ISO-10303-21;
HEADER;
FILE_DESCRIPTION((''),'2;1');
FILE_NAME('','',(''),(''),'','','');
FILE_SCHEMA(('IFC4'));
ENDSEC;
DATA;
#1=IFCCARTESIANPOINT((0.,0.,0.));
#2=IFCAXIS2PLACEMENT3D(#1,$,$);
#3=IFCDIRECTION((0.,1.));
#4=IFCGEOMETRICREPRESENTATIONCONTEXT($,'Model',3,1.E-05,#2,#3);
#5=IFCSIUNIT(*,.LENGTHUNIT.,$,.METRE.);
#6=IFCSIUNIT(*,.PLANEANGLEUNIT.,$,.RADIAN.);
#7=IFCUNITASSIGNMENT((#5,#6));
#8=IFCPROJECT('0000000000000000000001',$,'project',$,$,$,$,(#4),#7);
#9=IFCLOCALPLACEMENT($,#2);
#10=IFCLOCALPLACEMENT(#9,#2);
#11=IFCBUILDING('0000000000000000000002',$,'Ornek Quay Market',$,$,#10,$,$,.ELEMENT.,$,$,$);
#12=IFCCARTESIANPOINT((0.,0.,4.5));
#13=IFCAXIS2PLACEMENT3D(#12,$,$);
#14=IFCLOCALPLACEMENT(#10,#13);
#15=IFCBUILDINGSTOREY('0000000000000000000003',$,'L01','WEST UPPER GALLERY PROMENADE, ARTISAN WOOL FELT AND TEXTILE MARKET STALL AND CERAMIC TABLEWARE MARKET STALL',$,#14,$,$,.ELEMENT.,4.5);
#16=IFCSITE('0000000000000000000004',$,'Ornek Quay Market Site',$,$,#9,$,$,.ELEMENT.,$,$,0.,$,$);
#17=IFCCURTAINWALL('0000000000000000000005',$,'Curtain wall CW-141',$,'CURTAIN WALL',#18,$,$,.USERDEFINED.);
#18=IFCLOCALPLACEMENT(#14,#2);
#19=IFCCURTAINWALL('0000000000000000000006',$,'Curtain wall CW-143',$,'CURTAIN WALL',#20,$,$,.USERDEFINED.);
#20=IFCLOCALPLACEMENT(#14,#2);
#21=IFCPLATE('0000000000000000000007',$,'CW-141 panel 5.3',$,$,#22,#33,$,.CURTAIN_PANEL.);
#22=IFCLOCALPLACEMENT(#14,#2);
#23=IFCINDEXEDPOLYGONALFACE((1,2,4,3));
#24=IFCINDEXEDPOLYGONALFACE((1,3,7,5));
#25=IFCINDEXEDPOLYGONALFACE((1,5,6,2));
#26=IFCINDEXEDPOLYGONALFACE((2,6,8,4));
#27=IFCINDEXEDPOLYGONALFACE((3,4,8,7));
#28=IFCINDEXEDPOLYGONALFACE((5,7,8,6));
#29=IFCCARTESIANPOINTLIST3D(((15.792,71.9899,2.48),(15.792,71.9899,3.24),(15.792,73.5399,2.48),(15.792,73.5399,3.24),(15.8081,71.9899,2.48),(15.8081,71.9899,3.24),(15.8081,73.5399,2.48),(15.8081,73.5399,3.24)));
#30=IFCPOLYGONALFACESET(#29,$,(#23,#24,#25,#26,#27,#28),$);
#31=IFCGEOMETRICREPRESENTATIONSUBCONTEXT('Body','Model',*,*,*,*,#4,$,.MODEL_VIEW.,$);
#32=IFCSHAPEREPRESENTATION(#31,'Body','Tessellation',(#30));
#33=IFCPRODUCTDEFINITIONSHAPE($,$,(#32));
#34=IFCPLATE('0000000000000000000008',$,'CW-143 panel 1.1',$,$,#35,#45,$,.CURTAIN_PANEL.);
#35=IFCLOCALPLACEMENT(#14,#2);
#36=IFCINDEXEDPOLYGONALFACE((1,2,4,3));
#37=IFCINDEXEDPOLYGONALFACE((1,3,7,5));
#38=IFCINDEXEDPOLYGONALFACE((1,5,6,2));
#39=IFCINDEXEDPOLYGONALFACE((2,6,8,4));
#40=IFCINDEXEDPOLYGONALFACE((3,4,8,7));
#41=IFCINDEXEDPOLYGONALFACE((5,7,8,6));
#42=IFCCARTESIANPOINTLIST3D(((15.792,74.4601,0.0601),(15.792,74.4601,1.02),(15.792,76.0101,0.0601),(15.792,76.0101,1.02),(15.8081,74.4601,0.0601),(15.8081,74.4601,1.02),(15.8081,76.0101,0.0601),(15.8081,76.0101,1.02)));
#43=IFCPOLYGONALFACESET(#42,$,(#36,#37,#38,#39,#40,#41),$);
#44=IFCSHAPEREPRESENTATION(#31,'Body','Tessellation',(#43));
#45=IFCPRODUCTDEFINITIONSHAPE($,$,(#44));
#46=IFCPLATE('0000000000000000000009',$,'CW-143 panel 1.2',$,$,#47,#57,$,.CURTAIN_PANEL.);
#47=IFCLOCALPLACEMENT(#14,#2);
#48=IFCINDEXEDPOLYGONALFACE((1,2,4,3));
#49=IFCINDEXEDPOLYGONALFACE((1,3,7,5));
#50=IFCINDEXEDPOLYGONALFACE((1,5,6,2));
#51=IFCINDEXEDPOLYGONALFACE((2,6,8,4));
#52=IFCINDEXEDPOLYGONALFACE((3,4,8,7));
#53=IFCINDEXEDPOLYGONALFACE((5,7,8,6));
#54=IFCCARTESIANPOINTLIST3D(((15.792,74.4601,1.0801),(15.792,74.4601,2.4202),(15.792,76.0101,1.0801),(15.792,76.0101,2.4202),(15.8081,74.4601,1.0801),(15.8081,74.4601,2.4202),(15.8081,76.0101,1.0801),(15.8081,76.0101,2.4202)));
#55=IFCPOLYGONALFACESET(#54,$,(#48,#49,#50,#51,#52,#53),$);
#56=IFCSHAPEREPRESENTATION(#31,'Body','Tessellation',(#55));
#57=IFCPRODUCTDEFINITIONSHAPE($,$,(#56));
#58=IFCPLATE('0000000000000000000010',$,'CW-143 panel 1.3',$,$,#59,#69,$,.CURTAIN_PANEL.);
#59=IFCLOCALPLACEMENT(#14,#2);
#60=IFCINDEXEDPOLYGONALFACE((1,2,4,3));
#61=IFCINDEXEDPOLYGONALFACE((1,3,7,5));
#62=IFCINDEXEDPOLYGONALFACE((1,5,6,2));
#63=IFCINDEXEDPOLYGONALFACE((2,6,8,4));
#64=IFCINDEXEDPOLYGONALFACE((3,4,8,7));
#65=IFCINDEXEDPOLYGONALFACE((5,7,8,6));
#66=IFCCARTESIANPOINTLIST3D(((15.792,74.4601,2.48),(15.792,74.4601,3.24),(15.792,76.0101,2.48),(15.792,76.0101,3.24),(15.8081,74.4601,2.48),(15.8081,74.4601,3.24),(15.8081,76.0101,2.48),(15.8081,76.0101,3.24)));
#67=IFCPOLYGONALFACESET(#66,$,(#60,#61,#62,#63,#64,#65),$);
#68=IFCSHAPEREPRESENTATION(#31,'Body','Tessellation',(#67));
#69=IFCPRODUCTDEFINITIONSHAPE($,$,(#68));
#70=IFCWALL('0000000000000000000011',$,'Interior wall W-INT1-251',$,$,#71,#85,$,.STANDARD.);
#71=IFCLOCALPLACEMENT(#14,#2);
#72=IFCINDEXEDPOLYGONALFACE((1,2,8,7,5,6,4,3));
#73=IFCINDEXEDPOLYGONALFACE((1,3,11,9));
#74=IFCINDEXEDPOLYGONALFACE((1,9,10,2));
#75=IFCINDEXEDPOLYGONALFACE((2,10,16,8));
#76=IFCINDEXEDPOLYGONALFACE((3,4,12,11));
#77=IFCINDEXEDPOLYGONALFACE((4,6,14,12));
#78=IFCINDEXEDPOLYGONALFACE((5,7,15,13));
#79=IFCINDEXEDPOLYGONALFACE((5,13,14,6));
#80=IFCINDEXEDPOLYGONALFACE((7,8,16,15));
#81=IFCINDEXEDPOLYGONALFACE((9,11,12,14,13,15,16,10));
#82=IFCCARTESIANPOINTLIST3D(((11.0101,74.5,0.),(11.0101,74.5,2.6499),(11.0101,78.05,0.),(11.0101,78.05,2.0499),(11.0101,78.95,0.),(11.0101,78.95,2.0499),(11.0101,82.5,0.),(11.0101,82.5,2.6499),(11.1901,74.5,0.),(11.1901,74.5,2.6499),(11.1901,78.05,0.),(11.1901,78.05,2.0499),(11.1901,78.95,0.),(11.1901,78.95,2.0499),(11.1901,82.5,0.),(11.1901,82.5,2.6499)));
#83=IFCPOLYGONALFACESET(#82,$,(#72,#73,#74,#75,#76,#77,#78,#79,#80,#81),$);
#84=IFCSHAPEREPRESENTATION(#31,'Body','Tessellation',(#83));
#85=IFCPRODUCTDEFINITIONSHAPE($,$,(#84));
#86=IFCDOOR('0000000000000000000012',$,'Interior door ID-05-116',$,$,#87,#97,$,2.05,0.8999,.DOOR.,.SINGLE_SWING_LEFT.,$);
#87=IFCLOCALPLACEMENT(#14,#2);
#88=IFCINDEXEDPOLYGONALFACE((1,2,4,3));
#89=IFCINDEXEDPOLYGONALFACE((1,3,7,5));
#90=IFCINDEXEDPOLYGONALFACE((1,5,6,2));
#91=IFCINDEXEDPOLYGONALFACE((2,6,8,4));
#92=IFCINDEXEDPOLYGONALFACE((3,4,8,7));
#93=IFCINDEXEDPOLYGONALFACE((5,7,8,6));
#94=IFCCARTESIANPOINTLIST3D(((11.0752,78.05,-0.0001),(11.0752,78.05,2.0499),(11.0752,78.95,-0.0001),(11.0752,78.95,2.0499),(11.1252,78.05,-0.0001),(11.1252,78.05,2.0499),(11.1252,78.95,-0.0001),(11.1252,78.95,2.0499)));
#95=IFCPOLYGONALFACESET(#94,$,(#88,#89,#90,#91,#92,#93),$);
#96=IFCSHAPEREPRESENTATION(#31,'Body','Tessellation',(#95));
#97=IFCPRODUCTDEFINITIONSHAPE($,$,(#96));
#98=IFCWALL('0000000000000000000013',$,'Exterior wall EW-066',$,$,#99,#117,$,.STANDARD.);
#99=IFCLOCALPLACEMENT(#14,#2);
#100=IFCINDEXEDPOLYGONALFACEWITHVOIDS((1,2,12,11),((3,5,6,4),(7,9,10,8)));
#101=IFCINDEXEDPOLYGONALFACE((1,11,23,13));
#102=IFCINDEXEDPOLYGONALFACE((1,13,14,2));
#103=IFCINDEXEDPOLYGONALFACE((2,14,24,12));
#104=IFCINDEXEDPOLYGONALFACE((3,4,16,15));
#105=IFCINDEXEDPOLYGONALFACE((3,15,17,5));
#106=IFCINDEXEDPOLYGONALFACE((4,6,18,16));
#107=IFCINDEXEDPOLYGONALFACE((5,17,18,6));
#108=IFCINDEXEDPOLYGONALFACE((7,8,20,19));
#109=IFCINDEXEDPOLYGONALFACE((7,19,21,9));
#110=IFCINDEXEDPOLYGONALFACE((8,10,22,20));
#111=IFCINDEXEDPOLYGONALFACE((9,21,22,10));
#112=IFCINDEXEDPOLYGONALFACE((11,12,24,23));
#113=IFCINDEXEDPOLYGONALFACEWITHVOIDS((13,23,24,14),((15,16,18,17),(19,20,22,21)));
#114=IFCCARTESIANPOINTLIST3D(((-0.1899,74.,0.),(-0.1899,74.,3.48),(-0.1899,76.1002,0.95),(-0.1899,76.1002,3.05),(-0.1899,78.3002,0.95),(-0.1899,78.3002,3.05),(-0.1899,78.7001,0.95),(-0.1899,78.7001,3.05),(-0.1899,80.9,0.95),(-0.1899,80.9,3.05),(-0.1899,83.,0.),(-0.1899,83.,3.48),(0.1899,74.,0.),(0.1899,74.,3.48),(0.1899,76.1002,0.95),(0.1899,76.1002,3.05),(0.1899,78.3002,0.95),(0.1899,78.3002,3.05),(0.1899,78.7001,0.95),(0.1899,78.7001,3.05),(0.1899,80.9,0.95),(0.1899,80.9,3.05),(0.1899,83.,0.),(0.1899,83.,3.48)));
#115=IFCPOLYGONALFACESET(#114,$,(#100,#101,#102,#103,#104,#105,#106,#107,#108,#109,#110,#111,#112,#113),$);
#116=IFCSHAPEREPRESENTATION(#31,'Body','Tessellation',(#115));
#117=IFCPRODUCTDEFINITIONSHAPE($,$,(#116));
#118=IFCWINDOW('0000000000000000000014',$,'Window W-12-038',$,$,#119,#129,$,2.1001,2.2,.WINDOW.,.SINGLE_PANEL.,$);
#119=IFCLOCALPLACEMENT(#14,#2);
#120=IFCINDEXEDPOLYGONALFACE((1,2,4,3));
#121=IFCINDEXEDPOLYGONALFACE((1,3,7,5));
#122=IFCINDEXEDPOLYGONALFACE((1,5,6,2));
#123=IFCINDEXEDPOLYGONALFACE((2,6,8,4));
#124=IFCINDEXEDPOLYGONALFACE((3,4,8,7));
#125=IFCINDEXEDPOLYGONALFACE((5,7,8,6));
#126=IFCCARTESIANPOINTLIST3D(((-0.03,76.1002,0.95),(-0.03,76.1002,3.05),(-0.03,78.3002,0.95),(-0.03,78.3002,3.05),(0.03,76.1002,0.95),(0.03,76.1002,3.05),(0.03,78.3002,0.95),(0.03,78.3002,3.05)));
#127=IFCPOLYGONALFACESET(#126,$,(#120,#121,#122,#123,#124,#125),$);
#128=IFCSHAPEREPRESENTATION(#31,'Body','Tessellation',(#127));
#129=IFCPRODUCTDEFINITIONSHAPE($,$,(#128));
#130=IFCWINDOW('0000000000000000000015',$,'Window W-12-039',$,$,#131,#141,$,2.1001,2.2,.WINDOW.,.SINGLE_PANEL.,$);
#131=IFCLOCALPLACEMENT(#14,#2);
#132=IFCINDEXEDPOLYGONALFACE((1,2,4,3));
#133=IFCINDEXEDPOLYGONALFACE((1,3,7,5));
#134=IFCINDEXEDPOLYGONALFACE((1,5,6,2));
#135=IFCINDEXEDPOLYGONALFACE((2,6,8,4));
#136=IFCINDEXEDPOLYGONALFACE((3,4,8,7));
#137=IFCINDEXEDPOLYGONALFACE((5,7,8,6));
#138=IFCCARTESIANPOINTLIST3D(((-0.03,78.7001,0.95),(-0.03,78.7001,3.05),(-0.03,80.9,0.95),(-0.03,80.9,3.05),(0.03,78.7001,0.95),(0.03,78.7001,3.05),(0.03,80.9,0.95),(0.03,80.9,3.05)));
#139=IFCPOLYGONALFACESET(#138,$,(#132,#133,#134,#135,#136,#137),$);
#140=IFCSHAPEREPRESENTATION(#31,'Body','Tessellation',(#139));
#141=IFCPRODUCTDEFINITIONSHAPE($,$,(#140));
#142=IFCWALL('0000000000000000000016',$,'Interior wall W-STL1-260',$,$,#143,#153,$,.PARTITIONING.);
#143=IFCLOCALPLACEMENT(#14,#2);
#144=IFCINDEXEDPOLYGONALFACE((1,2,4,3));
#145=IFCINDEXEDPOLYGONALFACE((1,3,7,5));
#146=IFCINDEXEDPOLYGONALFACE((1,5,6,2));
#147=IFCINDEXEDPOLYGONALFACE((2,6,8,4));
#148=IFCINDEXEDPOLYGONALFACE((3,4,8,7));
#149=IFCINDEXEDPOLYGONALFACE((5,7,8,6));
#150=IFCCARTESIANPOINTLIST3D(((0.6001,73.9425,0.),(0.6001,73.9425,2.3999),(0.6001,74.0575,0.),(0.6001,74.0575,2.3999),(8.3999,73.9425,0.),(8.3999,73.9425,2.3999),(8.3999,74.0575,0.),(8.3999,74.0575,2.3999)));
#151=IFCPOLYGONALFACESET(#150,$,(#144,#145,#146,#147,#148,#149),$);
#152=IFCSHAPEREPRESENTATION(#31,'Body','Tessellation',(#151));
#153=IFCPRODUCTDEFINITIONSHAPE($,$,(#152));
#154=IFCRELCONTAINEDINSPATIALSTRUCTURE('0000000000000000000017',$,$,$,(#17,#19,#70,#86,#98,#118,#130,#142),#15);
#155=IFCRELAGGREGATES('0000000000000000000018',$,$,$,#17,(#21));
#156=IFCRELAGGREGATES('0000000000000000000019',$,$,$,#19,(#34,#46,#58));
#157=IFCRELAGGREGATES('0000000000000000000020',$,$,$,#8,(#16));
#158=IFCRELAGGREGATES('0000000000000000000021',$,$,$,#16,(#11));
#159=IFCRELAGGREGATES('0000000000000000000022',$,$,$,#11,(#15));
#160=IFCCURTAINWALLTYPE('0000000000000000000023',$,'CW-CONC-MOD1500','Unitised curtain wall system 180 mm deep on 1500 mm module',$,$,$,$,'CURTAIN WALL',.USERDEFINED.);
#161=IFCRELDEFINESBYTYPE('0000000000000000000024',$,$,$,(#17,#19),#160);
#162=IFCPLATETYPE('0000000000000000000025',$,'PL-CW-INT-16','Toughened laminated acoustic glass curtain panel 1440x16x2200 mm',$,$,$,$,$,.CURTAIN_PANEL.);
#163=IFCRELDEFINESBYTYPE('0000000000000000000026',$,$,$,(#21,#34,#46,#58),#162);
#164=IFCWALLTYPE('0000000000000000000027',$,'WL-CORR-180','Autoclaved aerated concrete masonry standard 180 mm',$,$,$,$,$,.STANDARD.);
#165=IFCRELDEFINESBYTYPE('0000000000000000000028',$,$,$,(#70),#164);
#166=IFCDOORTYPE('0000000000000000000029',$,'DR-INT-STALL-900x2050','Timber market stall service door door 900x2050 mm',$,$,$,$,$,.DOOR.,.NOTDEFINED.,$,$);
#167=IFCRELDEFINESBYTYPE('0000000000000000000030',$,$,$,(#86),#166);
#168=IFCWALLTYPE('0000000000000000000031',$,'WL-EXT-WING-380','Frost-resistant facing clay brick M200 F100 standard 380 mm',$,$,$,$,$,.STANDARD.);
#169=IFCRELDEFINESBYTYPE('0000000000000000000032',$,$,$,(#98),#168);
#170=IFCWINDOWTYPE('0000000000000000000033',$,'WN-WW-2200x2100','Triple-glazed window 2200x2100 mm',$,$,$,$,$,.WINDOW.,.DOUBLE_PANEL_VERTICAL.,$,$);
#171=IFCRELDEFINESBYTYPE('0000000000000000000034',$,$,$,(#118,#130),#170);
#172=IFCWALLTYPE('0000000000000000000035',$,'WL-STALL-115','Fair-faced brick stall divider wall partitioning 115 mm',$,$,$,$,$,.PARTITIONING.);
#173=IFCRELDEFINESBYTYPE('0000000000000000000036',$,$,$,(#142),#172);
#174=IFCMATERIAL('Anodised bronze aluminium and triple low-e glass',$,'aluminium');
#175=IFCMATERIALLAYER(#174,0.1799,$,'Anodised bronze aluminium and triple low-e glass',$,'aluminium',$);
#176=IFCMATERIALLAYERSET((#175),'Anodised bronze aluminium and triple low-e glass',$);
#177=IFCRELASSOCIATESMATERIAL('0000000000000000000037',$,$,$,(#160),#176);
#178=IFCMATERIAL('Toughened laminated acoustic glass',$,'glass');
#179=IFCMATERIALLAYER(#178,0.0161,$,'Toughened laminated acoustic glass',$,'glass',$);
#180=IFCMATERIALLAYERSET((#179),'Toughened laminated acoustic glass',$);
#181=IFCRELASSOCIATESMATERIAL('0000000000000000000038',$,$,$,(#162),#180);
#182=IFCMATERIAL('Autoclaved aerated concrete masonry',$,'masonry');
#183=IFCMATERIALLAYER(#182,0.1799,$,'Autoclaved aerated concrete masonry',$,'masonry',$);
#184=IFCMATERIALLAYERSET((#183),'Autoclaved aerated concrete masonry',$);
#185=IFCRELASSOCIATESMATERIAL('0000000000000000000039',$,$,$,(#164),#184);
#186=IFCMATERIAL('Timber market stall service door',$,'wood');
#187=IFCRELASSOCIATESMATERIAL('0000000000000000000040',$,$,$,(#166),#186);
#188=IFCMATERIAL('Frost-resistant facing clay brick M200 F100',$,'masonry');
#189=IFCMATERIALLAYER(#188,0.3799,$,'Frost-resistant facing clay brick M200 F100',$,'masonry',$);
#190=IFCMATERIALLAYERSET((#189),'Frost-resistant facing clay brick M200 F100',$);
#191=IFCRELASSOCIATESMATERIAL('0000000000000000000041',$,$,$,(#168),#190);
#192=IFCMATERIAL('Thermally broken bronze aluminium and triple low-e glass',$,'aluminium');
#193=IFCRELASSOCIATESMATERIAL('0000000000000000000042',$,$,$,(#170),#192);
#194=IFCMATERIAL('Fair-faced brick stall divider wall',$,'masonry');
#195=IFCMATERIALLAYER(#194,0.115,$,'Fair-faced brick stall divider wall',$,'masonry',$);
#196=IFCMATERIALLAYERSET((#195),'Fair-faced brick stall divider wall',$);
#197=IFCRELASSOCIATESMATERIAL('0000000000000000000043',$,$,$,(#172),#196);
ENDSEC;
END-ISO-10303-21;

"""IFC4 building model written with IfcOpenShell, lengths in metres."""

from ifc_helpers import new_model, si_unit, direction, frame, frame_2d, origin, origin_2d, place, context, subcontext, project, spatial, rectangle, extrude, material, layer, layer_set, type_object, element, fill, aggregate, save


model = new_model("IFC4")

# Units and contexts
model_context = context("Model", 3, precision=1e-05, world=origin(), true_north=direction((0.0, 1.0)))
body_context = subcontext(model_context, "Body", "Model", "MODEL_VIEW")
ifc_project = project(units=[si_unit("LENGTHUNIT", "METRE"), si_unit("PLANEANGLEUNIT", "RADIAN")], contexts=[model_context])

# Site, building, storey
site_placement = place(None, origin())
site = spatial("IfcSite", under=ifc_project, at=site_placement, Name="Ornek Quay Market Site", CompositionType="ELEMENT", RefElevation=0.0)
building_placement = place(site_placement, origin())
building = spatial("IfcBuilding", under=site, at=building_placement, Name="Ornek Quay Market", CompositionType="ELEMENT")
storey_placement = place(building_placement, frame((0.0, 0.0, 4.5)))
storey = spatial("IfcBuildingStorey", under=building, at=storey_placement, Name="L01", Description="WEST UPPER GALLERY PROMENADE, ARTISAN WOOL FELT AND TEXTILE MARKET STALL AND CERAMIC TABLEWARE MARKET STALL", CompositionType="ELEMENT", Elevation=4.5)

# Curtain walls
ifc_material_1 = material(Name="Anodised bronze aluminium and triple low-e glass", Category="aluminium")
ifc_layer_1 = layer(ifc_material_1, 0.1799, Name="Anodised bronze aluminium and triple low-e glass", Category="aluminium")
ifc_layer_set_1 = layer_set([ifc_layer_1], Name="Anodised bronze aluminium and triple low-e glass")
curtain_wall_type = type_object("IfcCurtainWallType", Name="CW-CONC-MOD1500", Description="Unitised curtain wall system 180 mm deep on 1500 mm module", ElementType="CURTAIN WALL", PredefinedType="USERDEFINED", material=ifc_layer_set_1)
curtain_wall_1_placement = place(storey_placement, origin())
curtain_wall_1 = element("IfcCurtainWall", 1, at=curtain_wall_1_placement, inside=storey, type_object=curtain_wall_type, Name="Curtain wall CW-141", ObjectType="CURTAIN WALL", PredefinedType="USERDEFINED")
curtain_wall_2_placement = place(storey_placement, origin())
curtain_wall_2 = element("IfcCurtainWall", 2, at=curtain_wall_2_placement, inside=storey, type_object=curtain_wall_type, Name="Curtain wall CW-143", ObjectType="CURTAIN WALL", PredefinedType="USERDEFINED")

# Plates
ifc_material_2 = material(Name="Toughened laminated acoustic glass", Category="glass")
ifc_layer_2 = layer(ifc_material_2, 0.0161, Name="Toughened laminated acoustic glass", Category="glass")
ifc_layer_set_2 = layer_set([ifc_layer_2], Name="Toughened laminated acoustic glass")
plate_type = type_object("IfcPlateType", Name="PL-CW-INT-16", Description="Toughened laminated acoustic glass curtain panel 1440x16x2200 mm", PredefinedType="CURTAIN_PANEL", material=ifc_layer_set_2)
plate_1_placement = place(storey_placement, frame((15.8, 72.7649, 2.48), z_axis=(0.0, 0.0, 1.0), x_axis=(0.0, 1.0, 0.0)))
plate_1 = element("IfcPlate", 3, at=plate_1_placement, type_object=plate_type, Name="CW-141 panel 5.3", PredefinedType="CURTAIN_PANEL", context=body_context, shape_type="SweptSolid", body=[
    extrude(rectangle(XDim=1.55, YDim=0.0161, at=origin_2d()), origin(), (0.0, 0.0, 1.0), 0.76),
])
aggregate(curtain_wall_1, [plate_1])
plate_2_placement = place(storey_placement, frame((15.8, 75.2351, 0.0601), z_axis=(0.0, 0.0, 1.0), x_axis=(0.0, 1.0, 0.0)))
plate_2 = element("IfcPlate", 4, at=plate_2_placement, type_object=plate_type, Name="CW-143 panel 1.1", PredefinedType="CURTAIN_PANEL", context=body_context, shape_type="SweptSolid", body=[
    extrude(rectangle(XDim=1.55, YDim=0.0161, at=origin_2d()), origin(), (0.0, 0.0, 1.0), 0.96),
])
plate_3_placement = place(storey_placement, frame((15.8, 75.2351, 1.0801), z_axis=(0.0, 0.0, 1.0), x_axis=(0.0, 1.0, 0.0)))
plate_3 = element("IfcPlate", 5, at=plate_3_placement, type_object=plate_type, Name="CW-143 panel 1.2", PredefinedType="CURTAIN_PANEL", context=body_context, shape_type="SweptSolid", body=[
    extrude(rectangle(XDim=1.55, YDim=0.0161, at=origin_2d()), origin(), (0.0, 0.0, 1.0), 1.3401),
])
plate_4_placement = place(storey_placement, frame((15.8, 75.2351, 2.48), z_axis=(0.0, 0.0, 1.0), x_axis=(0.0, 1.0, 0.0)))
plate_4 = element("IfcPlate", 6, at=plate_4_placement, type_object=plate_type, Name="CW-143 panel 1.3", PredefinedType="CURTAIN_PANEL", context=body_context, shape_type="SweptSolid", body=[
    extrude(rectangle(XDim=1.55, YDim=0.0161, at=origin_2d()), origin(), (0.0, 0.0, 1.0), 0.76),
])
aggregate(curtain_wall_2, [plate_2, plate_3, plate_4])

# Wall, opening, door
ifc_material_3 = material(Name="Autoclaved aerated concrete masonry", Category="masonry")
ifc_layer_3 = layer(ifc_material_3, 0.1799, Name="Autoclaved aerated concrete masonry", Category="masonry")
ifc_layer_set_3 = layer_set([ifc_layer_3], Name="Autoclaved aerated concrete masonry")
wall_type_1 = type_object("IfcWallType", Name="WL-CORR-180", Description="Autoclaved aerated concrete masonry standard 180 mm", PredefinedType="STANDARD", material=ifc_layer_set_3)
wall_1_placement = place(storey_placement, frame((11.1001, 74.5, 0.0), z_axis=(0.0, 0.0, 1.0), x_axis=(0.0, 1.0, 0.0)))
wall_1 = element("IfcWall", 7, at=wall_1_placement, inside=storey, type_object=wall_type_1, Name="Interior wall W-INT1-251", PredefinedType="STANDARD", context=body_context, shape_type="SweptSolid", body=[
    extrude(rectangle(XDim=8.0, YDim=0.1799, at=frame_2d((4.0, 0.0))), origin(), (0.0, 0.0, 1.0), 2.6499),
])
opening_1_placement = place(wall_1_placement, frame((3.55, 0.0, 0.0)))
opening_1 = element("IfcOpeningElement", 8, at=opening_1_placement, cuts=wall_1, PredefinedType="OPENING", context=body_context, shape_type="SweptSolid", body=[
    extrude(rectangle(XDim=0.8999, YDim=2.05, at=frame_2d((0.45, 1.0249))), frame((0.0, 0.0999, 0.0), z_axis=(0.0, -1.0, 0.0), x_axis=(1.0, 0.0, 0.0)), (0.0, 0.0, 1.0), 0.2),
])
ifc_material_4 = material(Name="Timber market stall service door", Category="wood")
door_type = type_object("IfcDoorType", Name="DR-INT-STALL-900x2050", Description="Timber market stall service door door 900x2050 mm", OperationType="NOTDEFINED", PredefinedType="DOOR", material=ifc_material_4)
door_placement = place(opening_1_placement, origin())
door = element("IfcDoor", 9, at=door_placement, inside=storey, type_object=door_type, Name="Interior door ID-05-116", OperationType="SINGLE_SWING_LEFT", OverallHeight=2.05, OverallWidth=0.8999, PredefinedType="DOOR", context=body_context, shape_type="SweptSolid", body=[
    extrude(rectangle(XDim=0.8999, YDim=2.05, at=frame_2d((0.45, 1.0249))), frame((0.0, 0.0249, 0.0), z_axis=(0.0, -1.0, 0.0), x_axis=(1.0, 0.0, 0.0)), (0.0, 0.0, 1.0), 0.05),
])
fill(opening_1, door)

# Wall, openings, windows
ifc_material_5 = material(Name="Frost-resistant facing clay brick M200 F100", Category="masonry")
ifc_layer_4 = layer(ifc_material_5, 0.3799, Name="Frost-resistant facing clay brick M200 F100", Category="masonry")
ifc_layer_set_4 = layer_set([ifc_layer_4], Name="Frost-resistant facing clay brick M200 F100")
wall_type_2 = type_object("IfcWallType", Name="WL-EXT-WING-380", Description="Frost-resistant facing clay brick M200 F100 standard 380 mm", PredefinedType="STANDARD", material=ifc_layer_set_4)
wall_2_placement = place(storey_placement, frame((0.0, 74.0, 0.0), z_axis=(0.0, 0.0, 1.0), x_axis=(0.0, 1.0, 0.0)))
wall_2 = element("IfcWall", 10, at=wall_2_placement, inside=storey, type_object=wall_type_2, Name="Exterior wall EW-066", PredefinedType="STANDARD", context=body_context, shape_type="SweptSolid", body=[
    extrude(rectangle(XDim=9.0, YDim=0.3799, at=frame_2d((4.5, 0.0))), origin(), (0.0, 0.0, 1.0), 3.48),
])
opening_2_placement = place(wall_2_placement, frame((2.1001, 0.0, 0.95)))
opening_2 = element("IfcOpeningElement", 11, at=opening_2_placement, cuts=wall_2, PredefinedType="OPENING", context=body_context, shape_type="SweptSolid", body=[
    extrude(rectangle(XDim=2.2, YDim=2.1001, at=frame_2d((1.1001, 1.05))), frame((0.0, 0.2, 0.0), z_axis=(0.0, -1.0, 0.0), x_axis=(1.0, 0.0, 0.0)), (0.0, 0.0, 1.0), 0.3999),
])
opening_3_placement = place(wall_2_placement, frame((4.7, 0.0, 0.95)))
opening_3 = element("IfcOpeningElement", 12, at=opening_3_placement, cuts=wall_2, PredefinedType="OPENING", context=body_context, shape_type="SweptSolid", body=[
    extrude(rectangle(XDim=2.2, YDim=2.1001, at=frame_2d((1.1001, 1.05))), frame((0.0, 0.2, 0.0), z_axis=(0.0, -1.0, 0.0), x_axis=(1.0, 0.0, 0.0)), (0.0, 0.0, 1.0), 0.3999),
])
ifc_material_6 = material(Name="Thermally broken bronze aluminium and triple low-e glass", Category="aluminium")
window_type = type_object("IfcWindowType", Name="WN-WW-2200x2100", Description="Triple-glazed window 2200x2100 mm", PartitioningType="DOUBLE_PANEL_VERTICAL", PredefinedType="WINDOW", material=ifc_material_6)
window_1_placement = place(opening_2_placement, origin())
window_1 = element("IfcWindow", 13, at=window_1_placement, inside=storey, type_object=window_type, Name="Window W-12-038", OverallHeight=2.1001, OverallWidth=2.2, PartitioningType="SINGLE_PANEL", PredefinedType="WINDOW", context=body_context, shape_type="SweptSolid", body=[
    extrude(rectangle(XDim=2.2, YDim=2.1001, at=frame_2d((1.1001, 1.05))), frame((0.0, 0.03, 0.0), z_axis=(0.0, -1.0, 0.0), x_axis=(1.0, 0.0, 0.0)), (0.0, 0.0, 1.0), 0.0601),
])
fill(opening_2, window_1)
window_2_placement = place(opening_3_placement, origin())
window_2 = element("IfcWindow", 14, at=window_2_placement, inside=storey, type_object=window_type, Name="Window W-12-039", OverallHeight=2.1001, OverallWidth=2.2, PartitioningType="SINGLE_PANEL", PredefinedType="WINDOW", context=body_context, shape_type="SweptSolid", body=[
    extrude(rectangle(XDim=2.2, YDim=2.1001, at=frame_2d((1.1001, 1.05))), frame((0.0, 0.03, 0.0), z_axis=(0.0, -1.0, 0.0), x_axis=(1.0, 0.0, 0.0)), (0.0, 0.0, 1.0), 0.0601),
])
fill(opening_3, window_2)

# Wall
ifc_material_7 = material(Name="Fair-faced brick stall divider wall", Category="masonry")
ifc_layer_5 = layer(ifc_material_7, 0.115, Name="Fair-faced brick stall divider wall", Category="masonry")
ifc_layer_set_5 = layer_set([ifc_layer_5], Name="Fair-faced brick stall divider wall")
wall_type_3 = type_object("IfcWallType", Name="WL-STALL-115", Description="Fair-faced brick stall divider wall partitioning 115 mm", PredefinedType="PARTITIONING", material=ifc_layer_set_5)
wall_3_placement = place(storey_placement, frame((0.6001, 74.0, 0.0), z_axis=(0.0, 0.0, 1.0), x_axis=(1.0, 0.0, 0.0)))
element("IfcWall", 15, at=wall_3_placement, inside=storey, type_object=wall_type_3, Name="Interior wall W-STL1-260", PredefinedType="PARTITIONING", context=body_context, shape_type="SweptSolid", body=[
    extrude(rectangle(XDim=7.7998, YDim=0.115, at=frame_2d((3.8999, 0.0))), origin(), (0.0, 0.0, 1.0), 2.3999),
])

save(model, "model.ifc")
